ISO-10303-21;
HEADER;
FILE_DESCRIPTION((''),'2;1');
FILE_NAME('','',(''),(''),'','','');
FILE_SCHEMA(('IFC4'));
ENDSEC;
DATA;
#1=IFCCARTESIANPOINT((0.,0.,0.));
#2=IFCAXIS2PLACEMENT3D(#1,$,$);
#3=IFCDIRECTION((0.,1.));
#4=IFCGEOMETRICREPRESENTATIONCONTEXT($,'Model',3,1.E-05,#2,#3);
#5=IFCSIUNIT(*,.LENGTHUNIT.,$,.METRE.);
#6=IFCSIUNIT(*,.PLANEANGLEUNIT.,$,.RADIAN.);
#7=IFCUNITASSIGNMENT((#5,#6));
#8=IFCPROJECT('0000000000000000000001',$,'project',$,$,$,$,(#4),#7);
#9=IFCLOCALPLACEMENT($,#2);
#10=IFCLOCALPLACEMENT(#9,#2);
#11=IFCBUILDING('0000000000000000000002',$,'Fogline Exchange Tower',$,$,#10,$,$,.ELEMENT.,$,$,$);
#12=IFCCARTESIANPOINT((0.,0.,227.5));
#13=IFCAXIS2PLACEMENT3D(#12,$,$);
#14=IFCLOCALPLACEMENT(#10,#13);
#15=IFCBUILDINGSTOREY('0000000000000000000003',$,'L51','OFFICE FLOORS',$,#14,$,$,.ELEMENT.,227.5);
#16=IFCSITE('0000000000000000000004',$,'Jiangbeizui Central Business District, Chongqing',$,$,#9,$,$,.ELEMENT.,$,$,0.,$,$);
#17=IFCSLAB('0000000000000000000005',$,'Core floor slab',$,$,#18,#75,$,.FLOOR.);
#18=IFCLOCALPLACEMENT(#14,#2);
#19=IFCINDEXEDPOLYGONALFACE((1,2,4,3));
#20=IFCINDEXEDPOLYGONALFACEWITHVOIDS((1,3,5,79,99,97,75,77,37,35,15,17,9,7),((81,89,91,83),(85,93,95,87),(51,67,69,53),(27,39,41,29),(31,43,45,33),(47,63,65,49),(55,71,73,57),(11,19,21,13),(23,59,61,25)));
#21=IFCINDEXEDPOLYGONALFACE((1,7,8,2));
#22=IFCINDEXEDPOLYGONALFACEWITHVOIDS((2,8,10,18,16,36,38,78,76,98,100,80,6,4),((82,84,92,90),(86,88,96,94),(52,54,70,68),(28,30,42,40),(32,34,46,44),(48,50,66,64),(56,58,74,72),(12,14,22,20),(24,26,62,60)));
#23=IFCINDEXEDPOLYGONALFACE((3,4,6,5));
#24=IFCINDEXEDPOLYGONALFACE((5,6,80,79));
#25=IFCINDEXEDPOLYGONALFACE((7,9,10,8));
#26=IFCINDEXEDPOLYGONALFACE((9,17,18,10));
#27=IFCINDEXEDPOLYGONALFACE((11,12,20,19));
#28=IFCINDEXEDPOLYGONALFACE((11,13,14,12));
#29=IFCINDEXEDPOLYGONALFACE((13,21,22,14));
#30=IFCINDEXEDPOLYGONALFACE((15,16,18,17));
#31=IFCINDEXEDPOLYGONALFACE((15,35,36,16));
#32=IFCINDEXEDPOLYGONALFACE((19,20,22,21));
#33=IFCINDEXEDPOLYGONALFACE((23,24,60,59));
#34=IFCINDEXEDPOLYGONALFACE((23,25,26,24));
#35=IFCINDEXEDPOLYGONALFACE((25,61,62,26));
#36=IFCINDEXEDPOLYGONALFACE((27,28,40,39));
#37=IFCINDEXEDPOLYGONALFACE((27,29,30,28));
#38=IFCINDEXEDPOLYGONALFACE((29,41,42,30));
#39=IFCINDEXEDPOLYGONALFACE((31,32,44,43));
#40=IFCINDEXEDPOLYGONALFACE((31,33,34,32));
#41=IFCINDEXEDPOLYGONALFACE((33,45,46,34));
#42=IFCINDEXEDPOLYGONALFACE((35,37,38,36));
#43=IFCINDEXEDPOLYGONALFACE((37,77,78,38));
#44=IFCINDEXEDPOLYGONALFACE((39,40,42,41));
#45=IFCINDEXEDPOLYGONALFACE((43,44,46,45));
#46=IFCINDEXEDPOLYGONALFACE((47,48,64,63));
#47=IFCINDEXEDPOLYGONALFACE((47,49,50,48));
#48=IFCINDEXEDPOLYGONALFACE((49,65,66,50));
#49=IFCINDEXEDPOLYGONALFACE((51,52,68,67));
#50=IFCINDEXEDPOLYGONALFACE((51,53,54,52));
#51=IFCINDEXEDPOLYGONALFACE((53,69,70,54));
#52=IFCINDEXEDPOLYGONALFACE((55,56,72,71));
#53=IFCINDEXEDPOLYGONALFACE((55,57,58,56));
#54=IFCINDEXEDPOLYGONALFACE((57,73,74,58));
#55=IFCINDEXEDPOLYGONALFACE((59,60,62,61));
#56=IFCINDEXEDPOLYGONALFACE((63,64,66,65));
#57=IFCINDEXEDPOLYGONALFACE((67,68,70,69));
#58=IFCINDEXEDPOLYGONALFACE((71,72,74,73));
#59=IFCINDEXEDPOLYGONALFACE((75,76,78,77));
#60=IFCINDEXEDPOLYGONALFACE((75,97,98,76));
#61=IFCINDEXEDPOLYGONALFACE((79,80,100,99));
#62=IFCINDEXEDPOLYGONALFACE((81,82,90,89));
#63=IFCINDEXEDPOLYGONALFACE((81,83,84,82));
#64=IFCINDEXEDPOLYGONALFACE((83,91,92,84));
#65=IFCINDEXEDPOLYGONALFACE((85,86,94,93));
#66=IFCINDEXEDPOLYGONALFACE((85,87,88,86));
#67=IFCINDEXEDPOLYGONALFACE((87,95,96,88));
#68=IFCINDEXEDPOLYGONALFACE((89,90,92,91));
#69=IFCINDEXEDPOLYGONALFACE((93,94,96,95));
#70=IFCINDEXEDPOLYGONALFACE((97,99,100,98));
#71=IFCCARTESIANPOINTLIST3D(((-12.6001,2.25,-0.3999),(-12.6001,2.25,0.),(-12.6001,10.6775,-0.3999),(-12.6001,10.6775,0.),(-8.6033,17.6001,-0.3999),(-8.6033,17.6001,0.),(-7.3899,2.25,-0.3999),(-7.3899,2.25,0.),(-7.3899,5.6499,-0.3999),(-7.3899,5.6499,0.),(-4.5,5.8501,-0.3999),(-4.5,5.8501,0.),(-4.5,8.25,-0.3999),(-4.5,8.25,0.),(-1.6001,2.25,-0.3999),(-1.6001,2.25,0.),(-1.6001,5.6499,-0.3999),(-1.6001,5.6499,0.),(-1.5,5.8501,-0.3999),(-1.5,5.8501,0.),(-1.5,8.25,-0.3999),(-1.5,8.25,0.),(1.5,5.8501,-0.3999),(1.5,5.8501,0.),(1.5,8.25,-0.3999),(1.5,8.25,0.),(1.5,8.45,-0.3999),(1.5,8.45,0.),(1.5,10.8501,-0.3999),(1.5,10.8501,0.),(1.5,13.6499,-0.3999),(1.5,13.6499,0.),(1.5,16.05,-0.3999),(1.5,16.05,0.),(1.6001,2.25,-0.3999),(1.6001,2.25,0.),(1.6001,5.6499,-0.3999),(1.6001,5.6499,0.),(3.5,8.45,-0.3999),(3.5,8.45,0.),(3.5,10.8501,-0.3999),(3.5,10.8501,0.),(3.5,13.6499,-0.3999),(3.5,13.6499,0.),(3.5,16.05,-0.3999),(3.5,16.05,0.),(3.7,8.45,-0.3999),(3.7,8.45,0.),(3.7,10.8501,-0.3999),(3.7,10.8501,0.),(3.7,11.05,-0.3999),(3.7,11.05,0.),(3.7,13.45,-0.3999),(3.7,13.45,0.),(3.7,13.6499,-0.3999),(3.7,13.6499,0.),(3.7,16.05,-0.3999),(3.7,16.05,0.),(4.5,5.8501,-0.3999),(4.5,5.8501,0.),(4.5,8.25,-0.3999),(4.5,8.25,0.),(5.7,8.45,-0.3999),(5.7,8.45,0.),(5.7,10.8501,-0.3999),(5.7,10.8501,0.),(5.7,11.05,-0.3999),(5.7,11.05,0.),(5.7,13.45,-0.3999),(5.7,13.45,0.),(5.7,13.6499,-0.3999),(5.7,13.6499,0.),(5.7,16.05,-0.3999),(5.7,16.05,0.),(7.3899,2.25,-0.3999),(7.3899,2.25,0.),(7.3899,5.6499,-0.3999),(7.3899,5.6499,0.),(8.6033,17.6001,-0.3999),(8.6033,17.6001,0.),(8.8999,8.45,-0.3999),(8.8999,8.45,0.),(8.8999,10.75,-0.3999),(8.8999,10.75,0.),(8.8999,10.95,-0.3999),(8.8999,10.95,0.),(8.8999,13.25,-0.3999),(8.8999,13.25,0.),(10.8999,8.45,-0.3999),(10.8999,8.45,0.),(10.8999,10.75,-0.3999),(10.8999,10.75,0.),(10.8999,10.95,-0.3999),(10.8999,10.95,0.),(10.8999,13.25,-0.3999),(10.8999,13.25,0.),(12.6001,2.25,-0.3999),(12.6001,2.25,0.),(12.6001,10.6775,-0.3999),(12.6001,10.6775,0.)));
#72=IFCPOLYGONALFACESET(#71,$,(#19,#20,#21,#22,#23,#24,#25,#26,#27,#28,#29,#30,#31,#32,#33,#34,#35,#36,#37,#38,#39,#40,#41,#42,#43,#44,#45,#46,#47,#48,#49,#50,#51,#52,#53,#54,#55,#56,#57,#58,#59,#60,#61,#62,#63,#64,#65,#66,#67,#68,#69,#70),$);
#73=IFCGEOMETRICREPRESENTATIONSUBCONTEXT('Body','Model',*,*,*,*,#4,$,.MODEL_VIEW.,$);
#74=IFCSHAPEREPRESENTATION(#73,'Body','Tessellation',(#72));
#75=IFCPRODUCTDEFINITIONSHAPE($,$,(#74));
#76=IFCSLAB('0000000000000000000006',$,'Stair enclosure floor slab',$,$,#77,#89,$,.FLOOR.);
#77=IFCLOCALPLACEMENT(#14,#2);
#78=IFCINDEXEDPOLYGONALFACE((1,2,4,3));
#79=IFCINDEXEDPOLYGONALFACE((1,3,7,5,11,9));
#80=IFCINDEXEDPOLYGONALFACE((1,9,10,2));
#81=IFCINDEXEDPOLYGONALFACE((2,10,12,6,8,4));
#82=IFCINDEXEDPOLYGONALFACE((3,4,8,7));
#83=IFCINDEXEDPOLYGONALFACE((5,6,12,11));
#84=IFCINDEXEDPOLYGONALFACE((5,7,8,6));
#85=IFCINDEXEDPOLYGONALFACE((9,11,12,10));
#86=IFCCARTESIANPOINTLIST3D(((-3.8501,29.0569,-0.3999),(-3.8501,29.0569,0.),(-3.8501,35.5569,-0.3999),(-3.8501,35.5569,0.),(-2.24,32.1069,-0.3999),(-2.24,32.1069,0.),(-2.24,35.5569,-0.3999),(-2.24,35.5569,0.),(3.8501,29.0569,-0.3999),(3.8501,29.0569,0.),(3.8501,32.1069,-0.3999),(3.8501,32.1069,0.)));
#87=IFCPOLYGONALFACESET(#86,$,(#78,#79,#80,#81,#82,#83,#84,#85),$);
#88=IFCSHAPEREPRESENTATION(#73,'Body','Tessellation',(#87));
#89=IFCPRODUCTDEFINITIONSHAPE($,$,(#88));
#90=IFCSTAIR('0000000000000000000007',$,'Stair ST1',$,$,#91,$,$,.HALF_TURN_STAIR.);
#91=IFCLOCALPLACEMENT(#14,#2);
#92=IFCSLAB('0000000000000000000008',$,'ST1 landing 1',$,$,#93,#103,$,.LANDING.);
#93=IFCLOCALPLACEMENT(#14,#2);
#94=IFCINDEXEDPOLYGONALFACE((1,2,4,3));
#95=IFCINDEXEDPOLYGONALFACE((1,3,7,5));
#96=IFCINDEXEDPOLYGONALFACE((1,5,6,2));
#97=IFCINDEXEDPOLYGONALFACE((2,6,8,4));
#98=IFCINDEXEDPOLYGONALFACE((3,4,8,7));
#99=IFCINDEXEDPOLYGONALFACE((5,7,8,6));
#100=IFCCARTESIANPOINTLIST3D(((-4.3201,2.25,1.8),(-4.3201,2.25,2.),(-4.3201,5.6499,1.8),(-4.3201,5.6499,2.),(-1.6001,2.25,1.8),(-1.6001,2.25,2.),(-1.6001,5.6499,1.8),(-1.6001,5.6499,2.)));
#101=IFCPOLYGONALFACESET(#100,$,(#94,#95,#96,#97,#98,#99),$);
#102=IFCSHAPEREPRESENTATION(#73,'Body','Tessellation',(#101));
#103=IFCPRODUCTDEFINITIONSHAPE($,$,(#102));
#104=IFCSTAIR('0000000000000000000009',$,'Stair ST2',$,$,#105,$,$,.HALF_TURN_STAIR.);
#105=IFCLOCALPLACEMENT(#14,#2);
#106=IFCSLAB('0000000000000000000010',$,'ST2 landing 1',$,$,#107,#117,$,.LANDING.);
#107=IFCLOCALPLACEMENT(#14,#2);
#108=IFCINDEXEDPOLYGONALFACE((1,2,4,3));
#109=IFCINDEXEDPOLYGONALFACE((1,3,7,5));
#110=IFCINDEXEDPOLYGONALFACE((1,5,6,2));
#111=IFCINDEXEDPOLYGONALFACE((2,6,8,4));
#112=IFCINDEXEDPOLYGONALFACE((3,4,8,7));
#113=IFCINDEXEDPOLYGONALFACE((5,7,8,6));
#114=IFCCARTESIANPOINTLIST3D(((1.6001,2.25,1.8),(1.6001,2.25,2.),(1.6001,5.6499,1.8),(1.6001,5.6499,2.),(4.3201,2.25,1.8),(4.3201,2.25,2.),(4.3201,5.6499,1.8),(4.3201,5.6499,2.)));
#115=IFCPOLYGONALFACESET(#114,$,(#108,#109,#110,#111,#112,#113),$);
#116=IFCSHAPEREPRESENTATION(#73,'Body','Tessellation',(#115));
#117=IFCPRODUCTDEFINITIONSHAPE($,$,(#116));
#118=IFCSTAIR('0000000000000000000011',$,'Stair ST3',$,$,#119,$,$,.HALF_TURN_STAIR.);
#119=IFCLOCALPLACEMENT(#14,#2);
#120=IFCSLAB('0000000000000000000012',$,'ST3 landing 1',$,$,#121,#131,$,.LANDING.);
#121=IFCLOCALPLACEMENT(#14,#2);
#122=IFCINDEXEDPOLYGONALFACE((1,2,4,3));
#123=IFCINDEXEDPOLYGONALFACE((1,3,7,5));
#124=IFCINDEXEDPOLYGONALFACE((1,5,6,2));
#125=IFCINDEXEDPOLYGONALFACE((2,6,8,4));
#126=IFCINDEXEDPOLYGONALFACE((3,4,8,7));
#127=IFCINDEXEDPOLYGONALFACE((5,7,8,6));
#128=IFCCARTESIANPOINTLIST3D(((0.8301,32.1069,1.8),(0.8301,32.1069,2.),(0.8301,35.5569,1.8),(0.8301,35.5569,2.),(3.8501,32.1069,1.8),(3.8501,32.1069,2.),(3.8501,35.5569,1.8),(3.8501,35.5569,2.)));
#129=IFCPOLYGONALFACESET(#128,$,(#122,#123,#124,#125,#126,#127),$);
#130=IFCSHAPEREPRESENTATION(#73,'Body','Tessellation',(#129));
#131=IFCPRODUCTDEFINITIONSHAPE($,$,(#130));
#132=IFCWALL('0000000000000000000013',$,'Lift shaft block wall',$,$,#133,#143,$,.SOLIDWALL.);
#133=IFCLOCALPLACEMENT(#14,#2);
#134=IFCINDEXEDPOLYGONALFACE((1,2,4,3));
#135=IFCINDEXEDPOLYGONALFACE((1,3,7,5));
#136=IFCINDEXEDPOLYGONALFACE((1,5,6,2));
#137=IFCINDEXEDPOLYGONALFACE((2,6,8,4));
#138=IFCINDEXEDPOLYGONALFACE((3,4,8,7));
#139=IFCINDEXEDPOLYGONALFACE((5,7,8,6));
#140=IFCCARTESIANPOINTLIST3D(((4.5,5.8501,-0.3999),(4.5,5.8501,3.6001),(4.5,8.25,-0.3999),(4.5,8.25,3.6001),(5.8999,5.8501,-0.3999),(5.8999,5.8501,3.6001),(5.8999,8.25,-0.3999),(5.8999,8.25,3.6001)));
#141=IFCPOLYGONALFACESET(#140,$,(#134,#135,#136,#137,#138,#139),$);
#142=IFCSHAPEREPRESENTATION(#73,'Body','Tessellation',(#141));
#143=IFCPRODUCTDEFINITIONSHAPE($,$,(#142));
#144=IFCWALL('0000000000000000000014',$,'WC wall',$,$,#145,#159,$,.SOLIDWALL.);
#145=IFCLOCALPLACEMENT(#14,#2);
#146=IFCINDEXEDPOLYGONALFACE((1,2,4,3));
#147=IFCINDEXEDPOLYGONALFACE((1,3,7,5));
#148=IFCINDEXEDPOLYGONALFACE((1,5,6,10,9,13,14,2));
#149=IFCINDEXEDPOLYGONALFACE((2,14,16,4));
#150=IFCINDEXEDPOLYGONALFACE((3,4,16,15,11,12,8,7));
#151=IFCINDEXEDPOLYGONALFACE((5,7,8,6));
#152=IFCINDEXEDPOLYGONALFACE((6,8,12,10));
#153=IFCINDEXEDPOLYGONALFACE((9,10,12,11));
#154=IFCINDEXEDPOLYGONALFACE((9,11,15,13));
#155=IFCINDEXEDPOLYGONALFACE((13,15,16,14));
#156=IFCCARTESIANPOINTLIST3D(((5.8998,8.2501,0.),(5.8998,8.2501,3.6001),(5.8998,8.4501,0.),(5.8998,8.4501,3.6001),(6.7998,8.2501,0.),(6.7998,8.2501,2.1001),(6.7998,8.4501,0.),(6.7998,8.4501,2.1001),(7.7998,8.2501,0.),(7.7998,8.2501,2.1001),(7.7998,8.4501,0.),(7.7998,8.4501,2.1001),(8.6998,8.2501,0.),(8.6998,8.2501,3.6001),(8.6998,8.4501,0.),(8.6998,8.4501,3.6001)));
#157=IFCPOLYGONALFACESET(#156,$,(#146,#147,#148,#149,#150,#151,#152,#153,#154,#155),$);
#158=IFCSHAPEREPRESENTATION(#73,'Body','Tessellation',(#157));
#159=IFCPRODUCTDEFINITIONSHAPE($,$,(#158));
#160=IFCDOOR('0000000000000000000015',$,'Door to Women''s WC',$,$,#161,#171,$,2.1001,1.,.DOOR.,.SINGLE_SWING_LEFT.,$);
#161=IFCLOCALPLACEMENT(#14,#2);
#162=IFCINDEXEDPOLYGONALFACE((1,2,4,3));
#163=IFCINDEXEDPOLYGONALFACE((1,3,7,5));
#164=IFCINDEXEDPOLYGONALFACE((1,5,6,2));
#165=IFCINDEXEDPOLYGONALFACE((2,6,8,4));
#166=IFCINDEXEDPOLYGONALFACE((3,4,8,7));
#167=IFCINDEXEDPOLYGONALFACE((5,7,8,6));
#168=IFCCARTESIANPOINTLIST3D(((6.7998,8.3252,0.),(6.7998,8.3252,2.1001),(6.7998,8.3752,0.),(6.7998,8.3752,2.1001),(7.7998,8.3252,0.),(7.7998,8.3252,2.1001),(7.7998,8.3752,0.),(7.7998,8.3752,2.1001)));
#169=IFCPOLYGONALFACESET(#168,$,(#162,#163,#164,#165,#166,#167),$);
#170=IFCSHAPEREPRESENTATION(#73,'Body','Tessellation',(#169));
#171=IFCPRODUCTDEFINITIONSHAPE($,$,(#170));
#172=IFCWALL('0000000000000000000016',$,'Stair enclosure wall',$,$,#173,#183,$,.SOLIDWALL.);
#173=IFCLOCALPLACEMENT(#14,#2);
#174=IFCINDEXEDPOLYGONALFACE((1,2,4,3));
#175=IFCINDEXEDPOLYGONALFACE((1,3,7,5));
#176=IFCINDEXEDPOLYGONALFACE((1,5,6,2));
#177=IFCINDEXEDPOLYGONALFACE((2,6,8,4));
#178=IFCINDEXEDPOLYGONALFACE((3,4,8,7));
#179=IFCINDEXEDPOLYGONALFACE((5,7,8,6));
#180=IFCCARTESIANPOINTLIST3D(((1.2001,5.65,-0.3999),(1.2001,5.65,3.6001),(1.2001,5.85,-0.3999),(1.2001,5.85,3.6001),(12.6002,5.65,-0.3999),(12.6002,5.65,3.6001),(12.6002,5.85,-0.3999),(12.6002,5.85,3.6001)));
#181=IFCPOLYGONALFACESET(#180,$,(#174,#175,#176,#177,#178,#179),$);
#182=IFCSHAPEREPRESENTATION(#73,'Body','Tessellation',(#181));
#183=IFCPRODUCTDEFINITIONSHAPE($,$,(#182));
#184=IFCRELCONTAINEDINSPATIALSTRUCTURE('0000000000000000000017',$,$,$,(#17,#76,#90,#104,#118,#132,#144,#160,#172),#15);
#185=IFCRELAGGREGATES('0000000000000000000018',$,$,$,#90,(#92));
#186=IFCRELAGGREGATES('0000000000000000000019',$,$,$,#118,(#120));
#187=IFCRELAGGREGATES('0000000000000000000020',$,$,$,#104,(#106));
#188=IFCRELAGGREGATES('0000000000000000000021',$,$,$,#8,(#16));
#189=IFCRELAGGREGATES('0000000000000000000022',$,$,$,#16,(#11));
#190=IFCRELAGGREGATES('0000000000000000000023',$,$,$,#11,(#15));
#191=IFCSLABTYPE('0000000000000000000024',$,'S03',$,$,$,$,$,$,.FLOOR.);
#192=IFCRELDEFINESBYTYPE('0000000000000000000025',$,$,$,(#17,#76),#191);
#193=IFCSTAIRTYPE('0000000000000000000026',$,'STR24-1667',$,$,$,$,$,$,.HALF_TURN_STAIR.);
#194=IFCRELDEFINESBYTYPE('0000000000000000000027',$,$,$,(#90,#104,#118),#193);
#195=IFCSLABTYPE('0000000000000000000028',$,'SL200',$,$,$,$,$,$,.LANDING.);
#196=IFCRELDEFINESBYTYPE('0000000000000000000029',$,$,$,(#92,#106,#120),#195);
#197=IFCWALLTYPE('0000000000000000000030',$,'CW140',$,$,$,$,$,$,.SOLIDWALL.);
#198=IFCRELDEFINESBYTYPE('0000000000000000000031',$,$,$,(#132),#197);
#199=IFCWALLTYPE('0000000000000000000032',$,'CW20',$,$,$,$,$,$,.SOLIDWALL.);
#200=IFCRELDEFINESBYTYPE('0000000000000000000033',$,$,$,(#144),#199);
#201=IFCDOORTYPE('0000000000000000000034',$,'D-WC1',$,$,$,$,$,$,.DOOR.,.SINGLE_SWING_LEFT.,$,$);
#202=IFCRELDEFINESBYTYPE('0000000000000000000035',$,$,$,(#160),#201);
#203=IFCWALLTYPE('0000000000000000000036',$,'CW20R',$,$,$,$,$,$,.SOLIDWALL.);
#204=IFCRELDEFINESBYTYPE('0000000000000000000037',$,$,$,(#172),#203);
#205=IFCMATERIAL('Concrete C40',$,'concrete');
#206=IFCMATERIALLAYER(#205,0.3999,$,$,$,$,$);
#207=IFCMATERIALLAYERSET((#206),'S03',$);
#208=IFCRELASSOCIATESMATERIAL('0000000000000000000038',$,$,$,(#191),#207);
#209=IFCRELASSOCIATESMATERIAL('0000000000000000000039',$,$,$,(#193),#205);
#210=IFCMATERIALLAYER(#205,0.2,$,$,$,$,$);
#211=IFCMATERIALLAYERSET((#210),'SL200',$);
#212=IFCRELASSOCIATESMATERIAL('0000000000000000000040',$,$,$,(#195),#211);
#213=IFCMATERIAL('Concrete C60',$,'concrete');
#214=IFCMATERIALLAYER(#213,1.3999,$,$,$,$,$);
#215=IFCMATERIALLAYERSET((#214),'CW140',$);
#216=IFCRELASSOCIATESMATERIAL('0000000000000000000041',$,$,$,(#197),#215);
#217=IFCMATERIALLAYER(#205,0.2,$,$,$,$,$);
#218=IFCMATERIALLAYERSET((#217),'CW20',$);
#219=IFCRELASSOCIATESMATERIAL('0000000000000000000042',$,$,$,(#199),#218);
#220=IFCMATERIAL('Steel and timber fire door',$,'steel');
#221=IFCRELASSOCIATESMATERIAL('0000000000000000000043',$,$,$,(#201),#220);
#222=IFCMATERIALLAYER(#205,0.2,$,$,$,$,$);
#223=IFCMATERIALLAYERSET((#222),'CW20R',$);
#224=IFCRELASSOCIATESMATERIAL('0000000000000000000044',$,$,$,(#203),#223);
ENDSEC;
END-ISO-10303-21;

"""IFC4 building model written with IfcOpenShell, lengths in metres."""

from ifc_helpers import new_model, si_unit, direction, frame, frame_2d, origin, place, context, subcontext, project, spatial, polyline, rectangle, outline, extrude, material, layer, layer_set, type_object, element, fill, aggregate, save


model = new_model("IFC4")

# Units and contexts
model_context = context("Model", 3, precision=1e-05, world=origin(), true_north=direction((0.0, 1.0)))
body_context = subcontext(model_context, "Body", "Model", "MODEL_VIEW")
ifc_project = project(units=[si_unit("LENGTHUNIT", "METRE"), si_unit("PLANEANGLEUNIT", "RADIAN")], contexts=[model_context])

# Site, building, storey
site_placement = place(None, origin())
site = spatial("IfcSite", under=ifc_project, at=site_placement, Name="Jiangbeizui Central Business District, Chongqing", CompositionType="ELEMENT", RefElevation=0.0)
building_placement = place(site_placement, origin())
building = spatial("IfcBuilding", under=site, at=building_placement, Name="Fogline Exchange Tower", CompositionType="ELEMENT")
storey_placement = place(building_placement, frame((0.0, 0.0, 227.5)))
storey = spatial("IfcBuildingStorey", under=building, at=storey_placement, Name="L51", Description="OFFICE FLOORS", CompositionType="ELEMENT", Elevation=227.5)

# Slabs
ifc_material_1 = material(Name="Concrete C40", Category="concrete")
ifc_layer_1 = layer(ifc_material_1, 0.3999)
ifc_layer_set_1 = layer_set([ifc_layer_1], Name="S03")
slab_type_1 = type_object("IfcSlabType", Name="S03", PredefinedType="FLOOR", material=ifc_layer_set_1)
slab_1_placement = place(storey_placement, frame((0.0, 0.0, -0.3999)))
element("IfcSlab", 1, at=slab_1_placement, inside=storey, type_object=slab_type_1, Name="Core floor slab", PredefinedType="FLOOR", context=body_context, shape_type="SweptSolid", body=[
    extrude(outline(polyline([(-12.6001, 2.25), (-12.6001, 10.6775), (-8.6033, 17.6001), (8.6033, 17.6001), (12.6001, 10.6775), (12.6001, 2.25), (7.3899, 2.25), (7.3899, 5.6499), (1.6001, 5.6499), (1.6001, 2.25), (-1.6001, 2.25), (-1.6001, 5.6499), (-7.3899, 5.6499), (-7.3899, 2.25), (-12.6001, 2.25)]), holes=[polyline([(-4.5, 8.25), (-4.5, 5.8501), (-1.5, 5.8501), (-1.5, 8.25), (-4.5, 8.25)]), polyline([(4.5, 8.25), (1.5, 8.25), (1.5, 5.8501), (4.5, 5.8501), (4.5, 8.25)]), polyline([(3.5, 10.8501), (1.5, 10.8501), (1.5, 8.45), (3.5, 8.45), (3.5, 10.8501)]), polyline([(1.5, 16.05), (1.5, 13.6499), (3.5, 13.6499), (3.5, 16.05), (1.5, 16.05)]), polyline([(10.8999, 10.75), (8.8999, 10.75), (8.8999, 8.45), (10.8999, 8.45), (10.8999, 10.75)]), polyline([(5.7, 10.8501), (3.7, 10.8501), (3.7, 8.45), (5.7, 8.45), (5.7, 10.8501)]), polyline([(8.8999, 13.25), (8.8999, 10.95), (10.8999, 10.95), (10.8999, 13.25), (8.8999, 13.25)]), polyline([(5.7, 13.45), (3.7, 13.45), (3.7, 11.05), (5.7, 11.05), (5.7, 13.45)]), polyline([(5.7, 16.05), (3.7, 16.05), (3.7, 13.6499), (5.7, 13.6499), (5.7, 16.05)])]), origin(), (0.0, 0.0, 1.0), 0.3999),
])
slab_2_placement = place(storey_placement, frame((0.0, 0.0, -0.3999)))
element("IfcSlab", 2, at=slab_2_placement, inside=storey, type_object=slab_type_1, Name="Stair enclosure floor slab", PredefinedType="FLOOR", context=body_context, shape_type="SweptSolid", body=[
    extrude(outline(polyline([(3.8501, 29.0569), (-3.8501, 29.0569), (-3.8501, 35.5569), (-2.24, 35.5569), (-2.24, 32.1069), (3.8501, 32.1069), (3.8501, 29.0569)])), origin(), (0.0, 0.0, 1.0), 0.3999),
])

# Stairs, slabs
stair_type = type_object("IfcStairType", Name="STR24-1667", PredefinedType="HALF_TURN_STAIR", material=ifc_material_1)
stair_1_placement = place(storey_placement, origin())
stair_1 = element("IfcStair", 3, at=stair_1_placement, inside=storey, type_object=stair_type, Name="Stair ST1", PredefinedType="HALF_TURN_STAIR")
ifc_layer_2 = layer(ifc_material_1, 0.2)
ifc_layer_set_2 = layer_set([ifc_layer_2], Name="SL200")
slab_type_2 = type_object("IfcSlabType", Name="SL200", PredefinedType="LANDING", material=ifc_layer_set_2)
slab_3_placement = place(storey_placement, frame((0.0, 0.0, 1.8)))
slab_3 = element("IfcSlab", 4, at=slab_3_placement, type_object=slab_type_2, Name="ST1 landing 1", PredefinedType="LANDING", context=body_context, shape_type="SweptSolid", body=[
    extrude(outline(polyline([(-4.3201, 2.25), (-1.6001, 2.25), (-1.6001, 5.6499), (-4.3201, 5.6499), (-4.3201, 2.25)])), origin(), (0.0, 0.0, 1.0), 0.2),
])
aggregate(stair_1, [slab_3])
stair_2_placement = place(storey_placement, origin())
stair_2 = element("IfcStair", 5, at=stair_2_placement, inside=storey, type_object=stair_type, Name="Stair ST2", PredefinedType="HALF_TURN_STAIR")
slab_4_placement = place(storey_placement, frame((0.0, 0.0, 1.8)))
slab_4 = element("IfcSlab", 6, at=slab_4_placement, type_object=slab_type_2, Name="ST2 landing 1", PredefinedType="LANDING", context=body_context, shape_type="SweptSolid", body=[
    extrude(outline(polyline([(1.6001, 2.25), (4.3201, 2.25), (4.3201, 5.6499), (1.6001, 5.6499), (1.6001, 2.25)])), origin(), (0.0, 0.0, 1.0), 0.2),
])
stair_3_placement = place(storey_placement, origin())
stair_3 = element("IfcStair", 7, at=stair_3_placement, inside=storey, type_object=stair_type, Name="Stair ST3", PredefinedType="HALF_TURN_STAIR")
slab_5_placement = place(storey_placement, frame((0.0, 0.0, 1.8)))
slab_5 = element("IfcSlab", 8, at=slab_5_placement, type_object=slab_type_2, Name="ST3 landing 1", PredefinedType="LANDING", context=body_context, shape_type="SweptSolid", body=[
    extrude(outline(polyline([(0.8301, 32.1069), (3.8501, 32.1069), (3.8501, 35.5569), (0.8301, 35.5569), (0.8301, 32.1069)])), origin(), (0.0, 0.0, 1.0), 0.2),
])
aggregate(stair_3, [slab_5])

# Wall
ifc_material_2 = material(Name="Concrete C60", Category="concrete")
ifc_layer_3 = layer(ifc_material_2, 1.3999)
ifc_layer_set_3 = layer_set([ifc_layer_3], Name="CW140")
wall_type_1 = type_object("IfcWallType", Name="CW140", PredefinedType="SOLIDWALL", material=ifc_layer_set_3)
wall_1_placement = place(storey_placement, frame((5.2, 5.8501, -0.3999), z_axis=(0.0, 0.0, 1.0), x_axis=(0.0, 1.0, 0.0)))
element("IfcWall", 9, at=wall_1_placement, inside=storey, type_object=wall_type_1, Name="Lift shaft block wall", PredefinedType="SOLIDWALL", context=body_context, shape_type="SweptSolid", body=[
    extrude(rectangle(XDim=2.3999, YDim=1.3999, at=frame_2d((1.2, 0.0))), origin(), (0.0, 0.0, 1.0), 4.0),
])

# Wall, opening, door
ifc_layer_4 = layer(ifc_material_1, 0.2)
ifc_layer_set_4 = layer_set([ifc_layer_4], Name="CW20")
wall_type_2 = type_object("IfcWallType", Name="CW20", PredefinedType="SOLIDWALL", material=ifc_layer_set_4)
wall_2_placement = place(storey_placement, frame((5.8999, 8.3501, 0.0), z_axis=(0.0, 0.0, 1.0), x_axis=(1.0, 0.0, 0.0)))
wall_2 = element("IfcWall", 10, at=wall_2_placement, inside=storey, type_object=wall_type_2, Name="WC wall", PredefinedType="SOLIDWALL", context=body_context, shape_type="SweptSolid", body=[
    extrude(rectangle(XDim=2.8, YDim=0.2, at=frame_2d((1.3999, 0.0))), origin(), (0.0, 0.0, 1.0), 3.6001),
])
opening_1_placement = place(wall_2_placement, frame((0.8999, 0.0, 0.0)))
opening_1 = element("IfcOpeningElement", 11, at=opening_1_placement, cuts=wall_2, PredefinedType="OPENING", context=body_context, shape_type="SweptSolid", body=[
    extrude(rectangle(XDim=1.0, YDim=2.1001, at=frame_2d((0.5, 1.05))), frame((0.0, 0.1099, 0.0), z_axis=(0.0, -1.0, 0.0), x_axis=(1.0, 0.0, 0.0)), (0.0, 0.0, 1.0), 0.22),
])
ifc_material_3 = material(Name="Steel and timber fire door", Category="steel")
door_type_1 = type_object("IfcDoorType", Name="D-WC1", OperationType="SINGLE_SWING_LEFT", PredefinedType="DOOR", material=ifc_material_3)
door_1_placement = place(opening_1_placement, frame((1.0, 0.0, 0.0), z_axis=(0.0, 0.0, 1.0), x_axis=(-1.0, 0.0, 0.0)))
door_1 = element("IfcDoor", 12, at=door_1_placement, inside=storey, type_object=door_type_1, Name="Door to Women's WC", OperationType="SINGLE_SWING_LEFT", OverallHeight=2.1001, OverallWidth=1.0, PredefinedType="DOOR", context=body_context, shape_type="SweptSolid", body=[
    extrude(rectangle(XDim=1.0, YDim=2.1001, at=frame_2d((0.5, 1.05))), frame((0.0, 0.0249, 0.0), z_axis=(0.0, -1.0, 0.0), x_axis=(1.0, 0.0, 0.0)), (0.0, 0.0, 1.0), 0.05),
])
fill(opening_1, door_1)

# Wall
ifc_layer_5 = layer(ifc_material_1, 0.2)
ifc_layer_set_5 = layer_set([ifc_layer_5], Name="CW20R")
wall_type_3 = type_object("IfcWallType", Name="CW20R", PredefinedType="SOLIDWALL", material=ifc_layer_set_5)
wall_3_placement = place(storey_placement, frame((1.2, 5.75, -0.3999), z_axis=(0.0, 0.0, 1.0), x_axis=(1.0, 0.0, 0.0)))
element("IfcWall", 13, at=wall_3_placement, inside=storey, type_object=wall_type_3, Name="Stair enclosure wall", PredefinedType="SOLIDWALL", context=body_context, shape_type="SweptSolid", body=[
    extrude(rectangle(XDim=11.4001, YDim=0.2, at=frame_2d((5.7002, 0.0))), origin(), (0.0, 0.0, 1.0), 4.0),
])

aggregate(stair_2, [slab_4])

save(model, "model.ifc")
